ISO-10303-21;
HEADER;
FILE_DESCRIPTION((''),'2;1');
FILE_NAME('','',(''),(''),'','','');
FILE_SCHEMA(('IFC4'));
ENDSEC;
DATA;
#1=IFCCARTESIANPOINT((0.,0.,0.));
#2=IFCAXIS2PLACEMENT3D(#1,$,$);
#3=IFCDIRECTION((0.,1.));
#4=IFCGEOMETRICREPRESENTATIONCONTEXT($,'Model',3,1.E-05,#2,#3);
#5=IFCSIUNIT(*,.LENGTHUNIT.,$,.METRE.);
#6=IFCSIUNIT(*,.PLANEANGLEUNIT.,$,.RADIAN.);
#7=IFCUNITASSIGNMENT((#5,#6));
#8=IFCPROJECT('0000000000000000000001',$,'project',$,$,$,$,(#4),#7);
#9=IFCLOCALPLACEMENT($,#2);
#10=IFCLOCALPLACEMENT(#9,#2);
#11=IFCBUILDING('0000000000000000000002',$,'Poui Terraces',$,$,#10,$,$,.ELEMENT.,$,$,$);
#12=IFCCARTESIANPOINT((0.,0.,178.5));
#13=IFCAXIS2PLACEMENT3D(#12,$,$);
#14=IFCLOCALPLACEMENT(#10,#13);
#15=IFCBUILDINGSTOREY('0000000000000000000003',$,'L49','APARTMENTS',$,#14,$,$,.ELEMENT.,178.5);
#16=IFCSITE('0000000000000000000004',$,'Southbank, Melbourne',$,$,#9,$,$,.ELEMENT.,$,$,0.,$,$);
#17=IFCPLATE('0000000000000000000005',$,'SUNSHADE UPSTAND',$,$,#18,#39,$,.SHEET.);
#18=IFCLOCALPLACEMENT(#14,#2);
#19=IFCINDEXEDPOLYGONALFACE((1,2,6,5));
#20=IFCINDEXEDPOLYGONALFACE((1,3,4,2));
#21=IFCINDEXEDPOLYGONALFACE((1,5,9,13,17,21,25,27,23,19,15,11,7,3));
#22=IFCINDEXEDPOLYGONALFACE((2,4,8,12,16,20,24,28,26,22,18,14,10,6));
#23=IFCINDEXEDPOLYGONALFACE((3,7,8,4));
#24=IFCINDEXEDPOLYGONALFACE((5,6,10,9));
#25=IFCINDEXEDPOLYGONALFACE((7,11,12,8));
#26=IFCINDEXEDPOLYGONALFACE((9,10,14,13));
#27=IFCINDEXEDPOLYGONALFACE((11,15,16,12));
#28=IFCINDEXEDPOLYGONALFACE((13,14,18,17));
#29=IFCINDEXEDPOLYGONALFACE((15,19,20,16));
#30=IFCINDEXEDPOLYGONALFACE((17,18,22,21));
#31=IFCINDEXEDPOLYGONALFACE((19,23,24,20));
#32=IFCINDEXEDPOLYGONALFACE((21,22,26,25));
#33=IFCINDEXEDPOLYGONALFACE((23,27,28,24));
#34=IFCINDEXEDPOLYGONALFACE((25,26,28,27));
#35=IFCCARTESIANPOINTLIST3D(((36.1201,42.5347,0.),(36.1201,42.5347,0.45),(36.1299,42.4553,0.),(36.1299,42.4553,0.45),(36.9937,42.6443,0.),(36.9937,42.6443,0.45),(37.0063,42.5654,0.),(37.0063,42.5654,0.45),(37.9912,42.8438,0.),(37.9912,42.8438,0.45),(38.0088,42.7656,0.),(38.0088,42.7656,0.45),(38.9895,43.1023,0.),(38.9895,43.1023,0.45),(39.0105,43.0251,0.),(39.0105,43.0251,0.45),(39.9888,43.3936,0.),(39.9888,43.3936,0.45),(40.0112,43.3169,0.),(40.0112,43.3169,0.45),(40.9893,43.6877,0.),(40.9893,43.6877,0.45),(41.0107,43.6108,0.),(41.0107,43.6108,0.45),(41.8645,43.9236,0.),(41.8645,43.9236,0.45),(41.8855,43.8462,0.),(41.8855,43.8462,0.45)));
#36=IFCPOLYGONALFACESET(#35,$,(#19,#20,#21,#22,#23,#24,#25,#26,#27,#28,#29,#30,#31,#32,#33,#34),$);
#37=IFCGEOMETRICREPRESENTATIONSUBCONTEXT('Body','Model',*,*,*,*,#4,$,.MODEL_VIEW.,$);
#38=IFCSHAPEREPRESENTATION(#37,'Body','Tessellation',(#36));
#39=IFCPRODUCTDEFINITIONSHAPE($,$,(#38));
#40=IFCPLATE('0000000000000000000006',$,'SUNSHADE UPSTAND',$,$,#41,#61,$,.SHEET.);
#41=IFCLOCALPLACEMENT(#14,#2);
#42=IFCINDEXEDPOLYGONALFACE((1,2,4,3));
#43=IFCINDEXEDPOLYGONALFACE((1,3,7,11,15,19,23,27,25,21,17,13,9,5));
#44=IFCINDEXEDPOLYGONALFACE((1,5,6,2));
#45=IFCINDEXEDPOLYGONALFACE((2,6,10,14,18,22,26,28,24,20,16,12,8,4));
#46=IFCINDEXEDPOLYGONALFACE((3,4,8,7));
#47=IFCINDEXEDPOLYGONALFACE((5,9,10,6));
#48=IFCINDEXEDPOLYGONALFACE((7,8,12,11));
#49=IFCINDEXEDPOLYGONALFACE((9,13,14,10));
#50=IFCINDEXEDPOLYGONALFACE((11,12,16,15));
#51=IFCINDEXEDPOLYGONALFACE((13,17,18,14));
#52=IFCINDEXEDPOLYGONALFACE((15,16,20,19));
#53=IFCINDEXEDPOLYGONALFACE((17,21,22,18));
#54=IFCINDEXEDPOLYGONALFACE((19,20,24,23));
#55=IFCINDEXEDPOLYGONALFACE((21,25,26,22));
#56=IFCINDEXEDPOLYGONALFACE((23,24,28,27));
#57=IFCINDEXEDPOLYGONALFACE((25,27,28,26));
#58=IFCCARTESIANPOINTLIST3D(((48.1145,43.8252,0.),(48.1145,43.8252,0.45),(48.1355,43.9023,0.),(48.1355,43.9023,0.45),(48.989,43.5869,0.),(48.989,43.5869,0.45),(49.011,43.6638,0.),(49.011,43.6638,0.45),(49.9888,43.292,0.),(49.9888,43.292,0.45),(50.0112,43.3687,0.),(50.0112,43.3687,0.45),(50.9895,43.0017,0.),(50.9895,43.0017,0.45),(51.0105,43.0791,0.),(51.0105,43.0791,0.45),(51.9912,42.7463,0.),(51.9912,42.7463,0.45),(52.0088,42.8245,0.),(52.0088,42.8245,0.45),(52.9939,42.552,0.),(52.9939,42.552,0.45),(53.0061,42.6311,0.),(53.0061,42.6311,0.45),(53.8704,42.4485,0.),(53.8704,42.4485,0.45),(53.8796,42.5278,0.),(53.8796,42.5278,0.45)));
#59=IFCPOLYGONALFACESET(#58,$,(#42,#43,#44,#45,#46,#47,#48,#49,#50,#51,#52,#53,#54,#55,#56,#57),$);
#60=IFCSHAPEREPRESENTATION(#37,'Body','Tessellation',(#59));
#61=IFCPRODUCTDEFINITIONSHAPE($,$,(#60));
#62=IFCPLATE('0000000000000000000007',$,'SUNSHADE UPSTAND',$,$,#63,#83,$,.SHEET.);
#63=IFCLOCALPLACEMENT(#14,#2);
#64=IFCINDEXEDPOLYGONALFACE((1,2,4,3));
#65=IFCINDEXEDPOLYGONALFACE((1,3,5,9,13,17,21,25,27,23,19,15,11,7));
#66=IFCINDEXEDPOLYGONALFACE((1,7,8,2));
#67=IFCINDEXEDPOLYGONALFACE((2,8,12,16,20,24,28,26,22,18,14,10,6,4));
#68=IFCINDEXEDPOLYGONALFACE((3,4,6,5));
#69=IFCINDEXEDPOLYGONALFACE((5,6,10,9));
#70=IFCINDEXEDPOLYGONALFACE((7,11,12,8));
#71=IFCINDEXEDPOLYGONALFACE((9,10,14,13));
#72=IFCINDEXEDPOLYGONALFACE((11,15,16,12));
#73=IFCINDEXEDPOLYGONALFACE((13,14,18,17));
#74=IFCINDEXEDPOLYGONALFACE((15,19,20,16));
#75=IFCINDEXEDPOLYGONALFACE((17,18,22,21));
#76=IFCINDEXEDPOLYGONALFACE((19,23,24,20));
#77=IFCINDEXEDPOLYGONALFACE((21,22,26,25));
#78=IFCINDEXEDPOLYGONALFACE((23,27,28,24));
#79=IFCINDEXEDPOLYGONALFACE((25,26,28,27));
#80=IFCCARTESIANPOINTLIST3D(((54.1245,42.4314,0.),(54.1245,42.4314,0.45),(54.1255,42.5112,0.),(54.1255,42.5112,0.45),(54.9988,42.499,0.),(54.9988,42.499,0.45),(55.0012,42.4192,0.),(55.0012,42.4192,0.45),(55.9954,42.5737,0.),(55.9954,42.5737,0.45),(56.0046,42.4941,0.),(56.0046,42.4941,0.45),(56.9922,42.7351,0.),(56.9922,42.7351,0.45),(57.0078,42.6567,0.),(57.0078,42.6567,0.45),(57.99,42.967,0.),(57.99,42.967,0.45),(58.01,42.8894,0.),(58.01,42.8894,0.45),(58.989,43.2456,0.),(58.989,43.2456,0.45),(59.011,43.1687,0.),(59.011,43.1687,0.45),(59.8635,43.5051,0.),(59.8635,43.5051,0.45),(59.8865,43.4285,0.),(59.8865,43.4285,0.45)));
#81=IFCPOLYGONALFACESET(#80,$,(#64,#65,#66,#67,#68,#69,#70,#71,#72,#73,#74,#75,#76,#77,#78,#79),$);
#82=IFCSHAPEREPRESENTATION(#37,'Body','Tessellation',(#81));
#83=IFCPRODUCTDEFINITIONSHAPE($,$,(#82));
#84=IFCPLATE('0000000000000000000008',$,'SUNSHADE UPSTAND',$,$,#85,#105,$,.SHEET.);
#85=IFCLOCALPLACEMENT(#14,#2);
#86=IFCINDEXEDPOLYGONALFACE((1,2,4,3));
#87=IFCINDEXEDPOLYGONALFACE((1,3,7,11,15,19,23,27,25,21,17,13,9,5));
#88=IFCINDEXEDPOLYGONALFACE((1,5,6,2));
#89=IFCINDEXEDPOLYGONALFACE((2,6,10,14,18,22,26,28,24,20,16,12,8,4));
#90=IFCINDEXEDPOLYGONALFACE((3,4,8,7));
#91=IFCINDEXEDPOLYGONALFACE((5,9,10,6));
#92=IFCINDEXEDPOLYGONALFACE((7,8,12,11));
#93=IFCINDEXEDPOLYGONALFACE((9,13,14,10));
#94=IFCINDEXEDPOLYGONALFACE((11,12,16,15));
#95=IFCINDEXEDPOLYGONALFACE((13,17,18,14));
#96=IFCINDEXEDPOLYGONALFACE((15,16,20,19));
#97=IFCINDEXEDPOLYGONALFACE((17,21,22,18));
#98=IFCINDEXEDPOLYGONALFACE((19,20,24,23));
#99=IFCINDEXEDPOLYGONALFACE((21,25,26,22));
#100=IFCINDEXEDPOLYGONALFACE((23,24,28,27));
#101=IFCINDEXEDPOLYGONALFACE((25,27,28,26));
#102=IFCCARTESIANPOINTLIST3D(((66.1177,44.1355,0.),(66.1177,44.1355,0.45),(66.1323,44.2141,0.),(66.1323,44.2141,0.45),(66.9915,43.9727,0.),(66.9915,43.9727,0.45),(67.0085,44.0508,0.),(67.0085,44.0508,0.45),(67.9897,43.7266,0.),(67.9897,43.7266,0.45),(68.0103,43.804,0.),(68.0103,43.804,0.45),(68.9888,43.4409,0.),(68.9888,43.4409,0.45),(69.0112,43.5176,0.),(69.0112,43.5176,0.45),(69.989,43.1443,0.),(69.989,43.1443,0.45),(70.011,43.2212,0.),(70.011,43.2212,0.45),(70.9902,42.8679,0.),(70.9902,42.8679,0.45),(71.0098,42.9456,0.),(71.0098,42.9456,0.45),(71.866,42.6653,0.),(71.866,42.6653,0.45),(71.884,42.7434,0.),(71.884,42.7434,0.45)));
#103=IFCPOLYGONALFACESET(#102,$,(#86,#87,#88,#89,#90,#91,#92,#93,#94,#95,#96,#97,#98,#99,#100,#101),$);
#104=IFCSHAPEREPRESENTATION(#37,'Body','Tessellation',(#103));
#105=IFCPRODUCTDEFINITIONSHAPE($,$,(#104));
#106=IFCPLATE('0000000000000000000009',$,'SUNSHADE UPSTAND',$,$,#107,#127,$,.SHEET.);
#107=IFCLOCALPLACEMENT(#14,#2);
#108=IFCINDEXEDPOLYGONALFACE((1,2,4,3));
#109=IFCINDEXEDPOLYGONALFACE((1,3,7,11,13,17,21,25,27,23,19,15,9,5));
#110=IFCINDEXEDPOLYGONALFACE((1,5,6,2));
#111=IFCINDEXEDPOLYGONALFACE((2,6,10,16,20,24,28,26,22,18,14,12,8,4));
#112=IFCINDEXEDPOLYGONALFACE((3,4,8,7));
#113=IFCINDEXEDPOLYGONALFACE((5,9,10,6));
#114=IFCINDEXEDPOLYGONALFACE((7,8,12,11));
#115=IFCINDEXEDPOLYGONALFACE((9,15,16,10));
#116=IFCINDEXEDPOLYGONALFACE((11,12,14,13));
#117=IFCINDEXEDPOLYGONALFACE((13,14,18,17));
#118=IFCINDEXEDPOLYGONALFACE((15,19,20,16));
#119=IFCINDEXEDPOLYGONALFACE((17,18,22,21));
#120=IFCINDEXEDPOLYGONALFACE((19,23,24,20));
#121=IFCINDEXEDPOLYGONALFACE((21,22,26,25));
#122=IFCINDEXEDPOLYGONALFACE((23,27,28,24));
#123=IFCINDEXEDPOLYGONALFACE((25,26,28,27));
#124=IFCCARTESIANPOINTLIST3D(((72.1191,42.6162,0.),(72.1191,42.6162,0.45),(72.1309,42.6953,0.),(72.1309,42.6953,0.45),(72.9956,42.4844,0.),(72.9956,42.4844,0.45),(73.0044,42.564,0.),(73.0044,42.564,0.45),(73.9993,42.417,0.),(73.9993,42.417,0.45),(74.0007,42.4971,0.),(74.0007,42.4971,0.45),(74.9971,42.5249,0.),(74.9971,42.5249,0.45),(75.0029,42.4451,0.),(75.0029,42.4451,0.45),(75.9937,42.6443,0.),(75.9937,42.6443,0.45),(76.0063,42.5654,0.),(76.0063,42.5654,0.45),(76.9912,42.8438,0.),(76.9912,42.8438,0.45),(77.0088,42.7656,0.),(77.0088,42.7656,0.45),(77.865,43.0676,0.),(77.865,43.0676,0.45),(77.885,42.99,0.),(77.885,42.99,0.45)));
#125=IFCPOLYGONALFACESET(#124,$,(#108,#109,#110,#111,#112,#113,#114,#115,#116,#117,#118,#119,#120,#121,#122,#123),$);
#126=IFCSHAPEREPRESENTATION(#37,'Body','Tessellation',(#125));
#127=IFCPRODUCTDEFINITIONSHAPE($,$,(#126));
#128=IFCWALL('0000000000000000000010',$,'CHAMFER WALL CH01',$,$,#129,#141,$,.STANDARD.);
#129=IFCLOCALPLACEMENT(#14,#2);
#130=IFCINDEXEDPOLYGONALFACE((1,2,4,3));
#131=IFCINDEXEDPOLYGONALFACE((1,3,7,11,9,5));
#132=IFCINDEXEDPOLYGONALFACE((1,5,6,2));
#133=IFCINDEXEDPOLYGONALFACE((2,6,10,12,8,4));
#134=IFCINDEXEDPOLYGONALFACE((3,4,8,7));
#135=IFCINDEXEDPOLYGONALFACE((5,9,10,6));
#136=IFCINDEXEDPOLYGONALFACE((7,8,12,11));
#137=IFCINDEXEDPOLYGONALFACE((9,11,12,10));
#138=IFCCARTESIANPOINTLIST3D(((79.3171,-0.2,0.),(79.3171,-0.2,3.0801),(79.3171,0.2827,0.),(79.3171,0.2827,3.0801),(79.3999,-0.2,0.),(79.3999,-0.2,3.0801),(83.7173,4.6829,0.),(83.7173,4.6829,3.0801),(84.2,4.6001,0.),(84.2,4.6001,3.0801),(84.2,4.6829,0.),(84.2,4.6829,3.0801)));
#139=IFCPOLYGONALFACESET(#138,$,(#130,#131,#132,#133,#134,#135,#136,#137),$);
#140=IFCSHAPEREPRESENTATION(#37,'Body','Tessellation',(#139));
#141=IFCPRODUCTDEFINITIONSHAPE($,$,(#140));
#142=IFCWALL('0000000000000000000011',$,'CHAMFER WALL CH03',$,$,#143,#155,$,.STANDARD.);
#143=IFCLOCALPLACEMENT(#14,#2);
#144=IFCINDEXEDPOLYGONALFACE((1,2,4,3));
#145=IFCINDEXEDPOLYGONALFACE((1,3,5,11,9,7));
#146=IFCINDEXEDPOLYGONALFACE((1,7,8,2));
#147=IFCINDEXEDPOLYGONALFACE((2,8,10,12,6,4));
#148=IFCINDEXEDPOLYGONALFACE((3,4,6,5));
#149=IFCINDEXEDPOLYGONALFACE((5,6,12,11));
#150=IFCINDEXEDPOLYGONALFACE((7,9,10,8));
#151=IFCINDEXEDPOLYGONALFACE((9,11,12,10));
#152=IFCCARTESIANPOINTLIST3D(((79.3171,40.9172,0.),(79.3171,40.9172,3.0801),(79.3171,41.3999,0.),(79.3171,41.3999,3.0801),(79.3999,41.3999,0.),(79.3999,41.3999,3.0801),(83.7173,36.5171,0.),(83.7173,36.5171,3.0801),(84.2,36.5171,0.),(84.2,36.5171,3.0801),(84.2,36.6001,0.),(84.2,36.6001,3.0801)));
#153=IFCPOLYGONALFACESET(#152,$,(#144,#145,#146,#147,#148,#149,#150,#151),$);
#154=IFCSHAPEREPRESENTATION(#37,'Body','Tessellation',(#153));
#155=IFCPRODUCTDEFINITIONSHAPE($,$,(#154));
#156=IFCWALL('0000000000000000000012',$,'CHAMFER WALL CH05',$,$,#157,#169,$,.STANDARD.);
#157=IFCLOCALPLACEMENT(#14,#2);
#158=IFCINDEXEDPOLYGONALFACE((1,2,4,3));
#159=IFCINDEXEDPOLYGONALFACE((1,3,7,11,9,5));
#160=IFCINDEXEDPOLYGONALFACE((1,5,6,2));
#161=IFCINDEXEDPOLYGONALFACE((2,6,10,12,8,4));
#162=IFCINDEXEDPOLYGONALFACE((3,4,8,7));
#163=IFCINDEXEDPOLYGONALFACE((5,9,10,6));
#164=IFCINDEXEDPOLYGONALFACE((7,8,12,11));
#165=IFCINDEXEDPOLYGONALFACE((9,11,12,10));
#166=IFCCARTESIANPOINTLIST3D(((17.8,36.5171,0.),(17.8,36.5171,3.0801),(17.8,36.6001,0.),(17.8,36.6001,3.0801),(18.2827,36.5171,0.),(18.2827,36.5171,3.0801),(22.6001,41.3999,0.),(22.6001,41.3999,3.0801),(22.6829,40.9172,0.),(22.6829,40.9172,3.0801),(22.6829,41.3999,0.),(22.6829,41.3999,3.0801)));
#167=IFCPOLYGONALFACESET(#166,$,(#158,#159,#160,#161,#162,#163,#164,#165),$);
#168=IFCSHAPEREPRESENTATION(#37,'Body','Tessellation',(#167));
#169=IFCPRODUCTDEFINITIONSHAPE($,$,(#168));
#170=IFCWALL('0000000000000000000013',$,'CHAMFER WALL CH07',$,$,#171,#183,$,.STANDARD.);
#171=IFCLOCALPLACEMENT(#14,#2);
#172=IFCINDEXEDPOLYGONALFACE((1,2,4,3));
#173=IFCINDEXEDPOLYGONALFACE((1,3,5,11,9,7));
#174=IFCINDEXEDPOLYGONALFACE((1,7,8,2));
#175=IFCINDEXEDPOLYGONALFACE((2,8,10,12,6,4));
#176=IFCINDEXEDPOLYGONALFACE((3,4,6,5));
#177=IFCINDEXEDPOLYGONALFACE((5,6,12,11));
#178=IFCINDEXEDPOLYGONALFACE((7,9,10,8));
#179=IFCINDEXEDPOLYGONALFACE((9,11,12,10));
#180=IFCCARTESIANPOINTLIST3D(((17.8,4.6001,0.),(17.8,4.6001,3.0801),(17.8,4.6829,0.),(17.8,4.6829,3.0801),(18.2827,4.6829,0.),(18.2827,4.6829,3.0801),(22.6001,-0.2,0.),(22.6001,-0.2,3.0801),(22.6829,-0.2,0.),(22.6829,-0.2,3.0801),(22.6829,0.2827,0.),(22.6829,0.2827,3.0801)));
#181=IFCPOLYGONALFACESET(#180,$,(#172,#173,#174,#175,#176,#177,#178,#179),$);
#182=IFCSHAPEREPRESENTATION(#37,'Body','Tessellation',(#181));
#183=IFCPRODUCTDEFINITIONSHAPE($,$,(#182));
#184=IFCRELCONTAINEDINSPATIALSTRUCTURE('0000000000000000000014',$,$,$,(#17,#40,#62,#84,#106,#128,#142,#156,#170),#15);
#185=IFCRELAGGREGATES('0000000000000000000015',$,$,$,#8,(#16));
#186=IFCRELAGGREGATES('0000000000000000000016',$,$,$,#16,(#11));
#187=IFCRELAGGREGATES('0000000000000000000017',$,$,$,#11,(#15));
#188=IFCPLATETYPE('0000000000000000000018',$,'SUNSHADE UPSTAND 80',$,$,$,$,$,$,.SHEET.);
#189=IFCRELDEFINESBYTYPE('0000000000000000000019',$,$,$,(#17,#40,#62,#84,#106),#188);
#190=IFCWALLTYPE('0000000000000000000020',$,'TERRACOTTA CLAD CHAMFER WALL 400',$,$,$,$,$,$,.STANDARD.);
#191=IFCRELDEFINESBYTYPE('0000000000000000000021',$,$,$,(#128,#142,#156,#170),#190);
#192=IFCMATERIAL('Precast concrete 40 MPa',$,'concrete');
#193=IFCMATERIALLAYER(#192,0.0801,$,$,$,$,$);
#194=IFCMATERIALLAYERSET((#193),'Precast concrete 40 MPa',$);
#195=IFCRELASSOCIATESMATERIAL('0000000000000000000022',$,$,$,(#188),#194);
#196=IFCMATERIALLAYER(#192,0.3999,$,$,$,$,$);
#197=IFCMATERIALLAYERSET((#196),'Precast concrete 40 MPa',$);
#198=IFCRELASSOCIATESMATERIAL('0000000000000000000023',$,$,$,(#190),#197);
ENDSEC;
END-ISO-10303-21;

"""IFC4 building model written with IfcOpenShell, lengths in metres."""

from ifc_helpers import new_model, si_unit, direction, frame, origin, place, context, subcontext, project, spatial, polyline, outline, extrude, material, layer, layer_set, type_object, element, save


model = new_model("IFC4")

# Units and contexts
model_context = context("Model", 3, precision=1e-05, world=origin(), true_north=direction((0.0, 1.0)))
body_context = subcontext(model_context, "Body", "Model", "MODEL_VIEW")
ifc_project = project(units=[si_unit("LENGTHUNIT", "METRE"), si_unit("PLANEANGLEUNIT", "RADIAN")], contexts=[model_context])

# Site, building, storey
site_placement = place(None, origin())
site = spatial("IfcSite", under=ifc_project, at=site_placement, Name="Southbank, Melbourne", CompositionType="ELEMENT", RefElevation=0.0)
building_placement = place(site_placement, origin())
building = spatial("IfcBuilding", under=site, at=building_placement, Name="Poui Terraces", CompositionType="ELEMENT")
storey_placement = place(building_placement, frame((0.0, 0.0, 178.5)))
storey = spatial("IfcBuildingStorey", under=building, at=storey_placement, Name="L49", Description="APARTMENTS", CompositionType="ELEMENT", Elevation=178.5)

# Shared definitions
ifc_material_1 = material(Name="Precast concrete 40 MPa", Category="concrete")

# Plates
ifc_layer_1 = layer(ifc_material_1, 0.0801)
ifc_layer_set_1 = layer_set([ifc_layer_1], Name="Precast concrete 40 MPa")
plate_type = type_object("IfcPlateType", Name="SUNSHADE UPSTAND 80", PredefinedType="SHEET", material=ifc_layer_set_1)
plate_1_placement = place(storey_placement, origin())
element("IfcPlate", 1, at=plate_1_placement, inside=storey, type_object=plate_type, Name="SUNSHADE UPSTAND", PredefinedType="SHEET", context=body_context, shape_type="SweptSolid", body=[
    extrude(outline(polyline([(36.9937, 42.6443), (36.1201, 42.5347), (36.1299, 42.4553), (37.0063, 42.5654), (38.0088, 42.7656), (39.0105, 43.0251), (40.0112, 43.3169), (41.0107, 43.6108), (41.8855, 43.8462), (41.8645, 43.9236), (40.9893, 43.6877), (39.9888, 43.3936), (38.9895, 43.1023), (37.9912, 42.8438), (36.9937, 42.6443)])), origin(), (0.0, 0.0, 1.0), 0.45),
])
plate_2_placement = place(storey_placement, origin())
element("IfcPlate", 2, at=plate_2_placement, inside=storey, type_object=plate_type, Name="SUNSHADE UPSTAND", PredefinedType="SHEET", context=body_context, shape_type="SweptSolid", body=[
    extrude(outline(polyline([(49.011, 43.6638), (48.1355, 43.9023), (48.1145, 43.8252), (48.989, 43.5869), (49.9888, 43.292), (50.9895, 43.0017), (51.9912, 42.7463), (52.9939, 42.552), (53.8704, 42.4485), (53.8796, 42.5278), (53.0061, 42.6311), (52.0088, 42.8245), (51.0105, 43.0791), (50.0112, 43.3687), (49.011, 43.6638)])), origin(), (0.0, 0.0, 1.0), 0.45),
])
plate_3_placement = place(storey_placement, origin())
element("IfcPlate", 3, at=plate_3_placement, inside=storey, type_object=plate_type, Name="SUNSHADE UPSTAND", PredefinedType="SHEET", context=body_context, shape_type="SweptSolid", body=[
    extrude(outline(polyline([(54.9988, 42.499), (54.1255, 42.5112), (54.1245, 42.4314), (55.0012, 42.4192), (56.0046, 42.4941), (57.0078, 42.6567), (58.01, 42.8894), (59.011, 43.1687), (59.8865, 43.4285), (59.8635, 43.5051), (58.989, 43.2456), (57.99, 42.967), (56.9922, 42.7351), (55.9954, 42.5737), (54.9988, 42.499)])), origin(), (0.0, 0.0, 1.0), 0.45),
])
plate_4_placement = place(storey_placement, origin())
element("IfcPlate", 4, at=plate_4_placement, inside=storey, type_object=plate_type, Name="SUNSHADE UPSTAND", PredefinedType="SHEET", context=body_context, shape_type="SweptSolid", body=[
    extrude(outline(polyline([(67.0085, 44.0508), (66.1323, 44.2141), (66.1177, 44.1355), (66.9915, 43.9727), (67.9897, 43.7266), (68.9888, 43.4409), (69.989, 43.1443), (70.9902, 42.8679), (71.866, 42.6653), (71.884, 42.7434), (71.0098, 42.9456), (70.011, 43.2212), (69.0112, 43.5176), (68.0103, 43.804), (67.0085, 44.0508)])), origin(), (0.0, 0.0, 1.0), 0.45),
])
plate_5_placement = place(storey_placement, origin())
element("IfcPlate", 5, at=plate_5_placement, inside=storey, type_object=plate_type, Name="SUNSHADE UPSTAND", PredefinedType="SHEET", context=body_context, shape_type="SweptSolid", body=[
    extrude(outline(polyline([(73.0044, 42.564), (72.1309, 42.6953), (72.1191, 42.6162), (72.9956, 42.4844), (73.9993, 42.417), (75.0029, 42.4451), (76.0063, 42.5654), (77.0088, 42.7656), (77.885, 42.99), (77.865, 43.0676), (76.9912, 42.8438), (75.9937, 42.6443), (74.9971, 42.5249), (74.0007, 42.4971), (73.0044, 42.564)])), origin(), (0.0, 0.0, 1.0), 0.45),
])

# Walls
ifc_layer_2 = layer(ifc_material_1, 0.3999)
ifc_layer_set_2 = layer_set([ifc_layer_2], Name="Precast concrete 40 MPa")
wall_type = type_object("IfcWallType", Name="TERRACOTTA CLAD CHAMFER WALL 400", PredefinedType="STANDARD", material=ifc_layer_set_2)
wall_1_placement = place(storey_placement, origin())
element("IfcWall", 6, at=wall_1_placement, inside=storey, type_object=wall_type, Name="CHAMFER WALL CH01", PredefinedType="STANDARD", context=body_context, shape_type="SweptSolid", body=[
    extrude(outline(polyline([(79.3171, -0.2), (79.3999, -0.2), (84.2, 4.6001), (84.2, 4.6829), (83.7173, 4.6829), (79.3171, 0.2827), (79.3171, -0.2)])), origin(), (0.0, 0.0, 1.0), 3.0801),
])
wall_2_placement = place(storey_placement, origin())
element("IfcWall", 7, at=wall_2_placement, inside=storey, type_object=wall_type, Name="CHAMFER WALL CH03", PredefinedType="STANDARD", context=body_context, shape_type="SweptSolid", body=[
    extrude(outline(polyline([(84.2, 36.5171), (84.2, 36.6001), (79.3999, 41.3999), (79.3171, 41.3999), (79.3171, 40.9172), (83.7173, 36.5171), (84.2, 36.5171)])), origin(), (0.0, 0.0, 1.0), 3.0801),
])
wall_3_placement = place(storey_placement, origin())
element("IfcWall", 8, at=wall_3_placement, inside=storey, type_object=wall_type, Name="CHAMFER WALL CH05", PredefinedType="STANDARD", context=body_context, shape_type="SweptSolid", body=[
    extrude(outline(polyline([(22.6829, 41.3999), (22.6001, 41.3999), (17.8, 36.6001), (17.8, 36.5171), (18.2827, 36.5171), (22.6829, 40.9172), (22.6829, 41.3999)])), origin(), (0.0, 0.0, 1.0), 3.0801),
])
wall_4_placement = place(storey_placement, origin())
element("IfcWall", 9, at=wall_4_placement, inside=storey, type_object=wall_type, Name="CHAMFER WALL CH07", PredefinedType="STANDARD", context=body_context, shape_type="SweptSolid", body=[
    extrude(outline(polyline([(17.8, 4.6829), (17.8, 4.6001), (22.6001, -0.2), (22.6829, -0.2), (22.6829, 0.2827), (18.2827, 4.6829), (17.8, 4.6829)])), origin(), (0.0, 0.0, 1.0), 3.0801),
])

save(model, "model.ifc")
